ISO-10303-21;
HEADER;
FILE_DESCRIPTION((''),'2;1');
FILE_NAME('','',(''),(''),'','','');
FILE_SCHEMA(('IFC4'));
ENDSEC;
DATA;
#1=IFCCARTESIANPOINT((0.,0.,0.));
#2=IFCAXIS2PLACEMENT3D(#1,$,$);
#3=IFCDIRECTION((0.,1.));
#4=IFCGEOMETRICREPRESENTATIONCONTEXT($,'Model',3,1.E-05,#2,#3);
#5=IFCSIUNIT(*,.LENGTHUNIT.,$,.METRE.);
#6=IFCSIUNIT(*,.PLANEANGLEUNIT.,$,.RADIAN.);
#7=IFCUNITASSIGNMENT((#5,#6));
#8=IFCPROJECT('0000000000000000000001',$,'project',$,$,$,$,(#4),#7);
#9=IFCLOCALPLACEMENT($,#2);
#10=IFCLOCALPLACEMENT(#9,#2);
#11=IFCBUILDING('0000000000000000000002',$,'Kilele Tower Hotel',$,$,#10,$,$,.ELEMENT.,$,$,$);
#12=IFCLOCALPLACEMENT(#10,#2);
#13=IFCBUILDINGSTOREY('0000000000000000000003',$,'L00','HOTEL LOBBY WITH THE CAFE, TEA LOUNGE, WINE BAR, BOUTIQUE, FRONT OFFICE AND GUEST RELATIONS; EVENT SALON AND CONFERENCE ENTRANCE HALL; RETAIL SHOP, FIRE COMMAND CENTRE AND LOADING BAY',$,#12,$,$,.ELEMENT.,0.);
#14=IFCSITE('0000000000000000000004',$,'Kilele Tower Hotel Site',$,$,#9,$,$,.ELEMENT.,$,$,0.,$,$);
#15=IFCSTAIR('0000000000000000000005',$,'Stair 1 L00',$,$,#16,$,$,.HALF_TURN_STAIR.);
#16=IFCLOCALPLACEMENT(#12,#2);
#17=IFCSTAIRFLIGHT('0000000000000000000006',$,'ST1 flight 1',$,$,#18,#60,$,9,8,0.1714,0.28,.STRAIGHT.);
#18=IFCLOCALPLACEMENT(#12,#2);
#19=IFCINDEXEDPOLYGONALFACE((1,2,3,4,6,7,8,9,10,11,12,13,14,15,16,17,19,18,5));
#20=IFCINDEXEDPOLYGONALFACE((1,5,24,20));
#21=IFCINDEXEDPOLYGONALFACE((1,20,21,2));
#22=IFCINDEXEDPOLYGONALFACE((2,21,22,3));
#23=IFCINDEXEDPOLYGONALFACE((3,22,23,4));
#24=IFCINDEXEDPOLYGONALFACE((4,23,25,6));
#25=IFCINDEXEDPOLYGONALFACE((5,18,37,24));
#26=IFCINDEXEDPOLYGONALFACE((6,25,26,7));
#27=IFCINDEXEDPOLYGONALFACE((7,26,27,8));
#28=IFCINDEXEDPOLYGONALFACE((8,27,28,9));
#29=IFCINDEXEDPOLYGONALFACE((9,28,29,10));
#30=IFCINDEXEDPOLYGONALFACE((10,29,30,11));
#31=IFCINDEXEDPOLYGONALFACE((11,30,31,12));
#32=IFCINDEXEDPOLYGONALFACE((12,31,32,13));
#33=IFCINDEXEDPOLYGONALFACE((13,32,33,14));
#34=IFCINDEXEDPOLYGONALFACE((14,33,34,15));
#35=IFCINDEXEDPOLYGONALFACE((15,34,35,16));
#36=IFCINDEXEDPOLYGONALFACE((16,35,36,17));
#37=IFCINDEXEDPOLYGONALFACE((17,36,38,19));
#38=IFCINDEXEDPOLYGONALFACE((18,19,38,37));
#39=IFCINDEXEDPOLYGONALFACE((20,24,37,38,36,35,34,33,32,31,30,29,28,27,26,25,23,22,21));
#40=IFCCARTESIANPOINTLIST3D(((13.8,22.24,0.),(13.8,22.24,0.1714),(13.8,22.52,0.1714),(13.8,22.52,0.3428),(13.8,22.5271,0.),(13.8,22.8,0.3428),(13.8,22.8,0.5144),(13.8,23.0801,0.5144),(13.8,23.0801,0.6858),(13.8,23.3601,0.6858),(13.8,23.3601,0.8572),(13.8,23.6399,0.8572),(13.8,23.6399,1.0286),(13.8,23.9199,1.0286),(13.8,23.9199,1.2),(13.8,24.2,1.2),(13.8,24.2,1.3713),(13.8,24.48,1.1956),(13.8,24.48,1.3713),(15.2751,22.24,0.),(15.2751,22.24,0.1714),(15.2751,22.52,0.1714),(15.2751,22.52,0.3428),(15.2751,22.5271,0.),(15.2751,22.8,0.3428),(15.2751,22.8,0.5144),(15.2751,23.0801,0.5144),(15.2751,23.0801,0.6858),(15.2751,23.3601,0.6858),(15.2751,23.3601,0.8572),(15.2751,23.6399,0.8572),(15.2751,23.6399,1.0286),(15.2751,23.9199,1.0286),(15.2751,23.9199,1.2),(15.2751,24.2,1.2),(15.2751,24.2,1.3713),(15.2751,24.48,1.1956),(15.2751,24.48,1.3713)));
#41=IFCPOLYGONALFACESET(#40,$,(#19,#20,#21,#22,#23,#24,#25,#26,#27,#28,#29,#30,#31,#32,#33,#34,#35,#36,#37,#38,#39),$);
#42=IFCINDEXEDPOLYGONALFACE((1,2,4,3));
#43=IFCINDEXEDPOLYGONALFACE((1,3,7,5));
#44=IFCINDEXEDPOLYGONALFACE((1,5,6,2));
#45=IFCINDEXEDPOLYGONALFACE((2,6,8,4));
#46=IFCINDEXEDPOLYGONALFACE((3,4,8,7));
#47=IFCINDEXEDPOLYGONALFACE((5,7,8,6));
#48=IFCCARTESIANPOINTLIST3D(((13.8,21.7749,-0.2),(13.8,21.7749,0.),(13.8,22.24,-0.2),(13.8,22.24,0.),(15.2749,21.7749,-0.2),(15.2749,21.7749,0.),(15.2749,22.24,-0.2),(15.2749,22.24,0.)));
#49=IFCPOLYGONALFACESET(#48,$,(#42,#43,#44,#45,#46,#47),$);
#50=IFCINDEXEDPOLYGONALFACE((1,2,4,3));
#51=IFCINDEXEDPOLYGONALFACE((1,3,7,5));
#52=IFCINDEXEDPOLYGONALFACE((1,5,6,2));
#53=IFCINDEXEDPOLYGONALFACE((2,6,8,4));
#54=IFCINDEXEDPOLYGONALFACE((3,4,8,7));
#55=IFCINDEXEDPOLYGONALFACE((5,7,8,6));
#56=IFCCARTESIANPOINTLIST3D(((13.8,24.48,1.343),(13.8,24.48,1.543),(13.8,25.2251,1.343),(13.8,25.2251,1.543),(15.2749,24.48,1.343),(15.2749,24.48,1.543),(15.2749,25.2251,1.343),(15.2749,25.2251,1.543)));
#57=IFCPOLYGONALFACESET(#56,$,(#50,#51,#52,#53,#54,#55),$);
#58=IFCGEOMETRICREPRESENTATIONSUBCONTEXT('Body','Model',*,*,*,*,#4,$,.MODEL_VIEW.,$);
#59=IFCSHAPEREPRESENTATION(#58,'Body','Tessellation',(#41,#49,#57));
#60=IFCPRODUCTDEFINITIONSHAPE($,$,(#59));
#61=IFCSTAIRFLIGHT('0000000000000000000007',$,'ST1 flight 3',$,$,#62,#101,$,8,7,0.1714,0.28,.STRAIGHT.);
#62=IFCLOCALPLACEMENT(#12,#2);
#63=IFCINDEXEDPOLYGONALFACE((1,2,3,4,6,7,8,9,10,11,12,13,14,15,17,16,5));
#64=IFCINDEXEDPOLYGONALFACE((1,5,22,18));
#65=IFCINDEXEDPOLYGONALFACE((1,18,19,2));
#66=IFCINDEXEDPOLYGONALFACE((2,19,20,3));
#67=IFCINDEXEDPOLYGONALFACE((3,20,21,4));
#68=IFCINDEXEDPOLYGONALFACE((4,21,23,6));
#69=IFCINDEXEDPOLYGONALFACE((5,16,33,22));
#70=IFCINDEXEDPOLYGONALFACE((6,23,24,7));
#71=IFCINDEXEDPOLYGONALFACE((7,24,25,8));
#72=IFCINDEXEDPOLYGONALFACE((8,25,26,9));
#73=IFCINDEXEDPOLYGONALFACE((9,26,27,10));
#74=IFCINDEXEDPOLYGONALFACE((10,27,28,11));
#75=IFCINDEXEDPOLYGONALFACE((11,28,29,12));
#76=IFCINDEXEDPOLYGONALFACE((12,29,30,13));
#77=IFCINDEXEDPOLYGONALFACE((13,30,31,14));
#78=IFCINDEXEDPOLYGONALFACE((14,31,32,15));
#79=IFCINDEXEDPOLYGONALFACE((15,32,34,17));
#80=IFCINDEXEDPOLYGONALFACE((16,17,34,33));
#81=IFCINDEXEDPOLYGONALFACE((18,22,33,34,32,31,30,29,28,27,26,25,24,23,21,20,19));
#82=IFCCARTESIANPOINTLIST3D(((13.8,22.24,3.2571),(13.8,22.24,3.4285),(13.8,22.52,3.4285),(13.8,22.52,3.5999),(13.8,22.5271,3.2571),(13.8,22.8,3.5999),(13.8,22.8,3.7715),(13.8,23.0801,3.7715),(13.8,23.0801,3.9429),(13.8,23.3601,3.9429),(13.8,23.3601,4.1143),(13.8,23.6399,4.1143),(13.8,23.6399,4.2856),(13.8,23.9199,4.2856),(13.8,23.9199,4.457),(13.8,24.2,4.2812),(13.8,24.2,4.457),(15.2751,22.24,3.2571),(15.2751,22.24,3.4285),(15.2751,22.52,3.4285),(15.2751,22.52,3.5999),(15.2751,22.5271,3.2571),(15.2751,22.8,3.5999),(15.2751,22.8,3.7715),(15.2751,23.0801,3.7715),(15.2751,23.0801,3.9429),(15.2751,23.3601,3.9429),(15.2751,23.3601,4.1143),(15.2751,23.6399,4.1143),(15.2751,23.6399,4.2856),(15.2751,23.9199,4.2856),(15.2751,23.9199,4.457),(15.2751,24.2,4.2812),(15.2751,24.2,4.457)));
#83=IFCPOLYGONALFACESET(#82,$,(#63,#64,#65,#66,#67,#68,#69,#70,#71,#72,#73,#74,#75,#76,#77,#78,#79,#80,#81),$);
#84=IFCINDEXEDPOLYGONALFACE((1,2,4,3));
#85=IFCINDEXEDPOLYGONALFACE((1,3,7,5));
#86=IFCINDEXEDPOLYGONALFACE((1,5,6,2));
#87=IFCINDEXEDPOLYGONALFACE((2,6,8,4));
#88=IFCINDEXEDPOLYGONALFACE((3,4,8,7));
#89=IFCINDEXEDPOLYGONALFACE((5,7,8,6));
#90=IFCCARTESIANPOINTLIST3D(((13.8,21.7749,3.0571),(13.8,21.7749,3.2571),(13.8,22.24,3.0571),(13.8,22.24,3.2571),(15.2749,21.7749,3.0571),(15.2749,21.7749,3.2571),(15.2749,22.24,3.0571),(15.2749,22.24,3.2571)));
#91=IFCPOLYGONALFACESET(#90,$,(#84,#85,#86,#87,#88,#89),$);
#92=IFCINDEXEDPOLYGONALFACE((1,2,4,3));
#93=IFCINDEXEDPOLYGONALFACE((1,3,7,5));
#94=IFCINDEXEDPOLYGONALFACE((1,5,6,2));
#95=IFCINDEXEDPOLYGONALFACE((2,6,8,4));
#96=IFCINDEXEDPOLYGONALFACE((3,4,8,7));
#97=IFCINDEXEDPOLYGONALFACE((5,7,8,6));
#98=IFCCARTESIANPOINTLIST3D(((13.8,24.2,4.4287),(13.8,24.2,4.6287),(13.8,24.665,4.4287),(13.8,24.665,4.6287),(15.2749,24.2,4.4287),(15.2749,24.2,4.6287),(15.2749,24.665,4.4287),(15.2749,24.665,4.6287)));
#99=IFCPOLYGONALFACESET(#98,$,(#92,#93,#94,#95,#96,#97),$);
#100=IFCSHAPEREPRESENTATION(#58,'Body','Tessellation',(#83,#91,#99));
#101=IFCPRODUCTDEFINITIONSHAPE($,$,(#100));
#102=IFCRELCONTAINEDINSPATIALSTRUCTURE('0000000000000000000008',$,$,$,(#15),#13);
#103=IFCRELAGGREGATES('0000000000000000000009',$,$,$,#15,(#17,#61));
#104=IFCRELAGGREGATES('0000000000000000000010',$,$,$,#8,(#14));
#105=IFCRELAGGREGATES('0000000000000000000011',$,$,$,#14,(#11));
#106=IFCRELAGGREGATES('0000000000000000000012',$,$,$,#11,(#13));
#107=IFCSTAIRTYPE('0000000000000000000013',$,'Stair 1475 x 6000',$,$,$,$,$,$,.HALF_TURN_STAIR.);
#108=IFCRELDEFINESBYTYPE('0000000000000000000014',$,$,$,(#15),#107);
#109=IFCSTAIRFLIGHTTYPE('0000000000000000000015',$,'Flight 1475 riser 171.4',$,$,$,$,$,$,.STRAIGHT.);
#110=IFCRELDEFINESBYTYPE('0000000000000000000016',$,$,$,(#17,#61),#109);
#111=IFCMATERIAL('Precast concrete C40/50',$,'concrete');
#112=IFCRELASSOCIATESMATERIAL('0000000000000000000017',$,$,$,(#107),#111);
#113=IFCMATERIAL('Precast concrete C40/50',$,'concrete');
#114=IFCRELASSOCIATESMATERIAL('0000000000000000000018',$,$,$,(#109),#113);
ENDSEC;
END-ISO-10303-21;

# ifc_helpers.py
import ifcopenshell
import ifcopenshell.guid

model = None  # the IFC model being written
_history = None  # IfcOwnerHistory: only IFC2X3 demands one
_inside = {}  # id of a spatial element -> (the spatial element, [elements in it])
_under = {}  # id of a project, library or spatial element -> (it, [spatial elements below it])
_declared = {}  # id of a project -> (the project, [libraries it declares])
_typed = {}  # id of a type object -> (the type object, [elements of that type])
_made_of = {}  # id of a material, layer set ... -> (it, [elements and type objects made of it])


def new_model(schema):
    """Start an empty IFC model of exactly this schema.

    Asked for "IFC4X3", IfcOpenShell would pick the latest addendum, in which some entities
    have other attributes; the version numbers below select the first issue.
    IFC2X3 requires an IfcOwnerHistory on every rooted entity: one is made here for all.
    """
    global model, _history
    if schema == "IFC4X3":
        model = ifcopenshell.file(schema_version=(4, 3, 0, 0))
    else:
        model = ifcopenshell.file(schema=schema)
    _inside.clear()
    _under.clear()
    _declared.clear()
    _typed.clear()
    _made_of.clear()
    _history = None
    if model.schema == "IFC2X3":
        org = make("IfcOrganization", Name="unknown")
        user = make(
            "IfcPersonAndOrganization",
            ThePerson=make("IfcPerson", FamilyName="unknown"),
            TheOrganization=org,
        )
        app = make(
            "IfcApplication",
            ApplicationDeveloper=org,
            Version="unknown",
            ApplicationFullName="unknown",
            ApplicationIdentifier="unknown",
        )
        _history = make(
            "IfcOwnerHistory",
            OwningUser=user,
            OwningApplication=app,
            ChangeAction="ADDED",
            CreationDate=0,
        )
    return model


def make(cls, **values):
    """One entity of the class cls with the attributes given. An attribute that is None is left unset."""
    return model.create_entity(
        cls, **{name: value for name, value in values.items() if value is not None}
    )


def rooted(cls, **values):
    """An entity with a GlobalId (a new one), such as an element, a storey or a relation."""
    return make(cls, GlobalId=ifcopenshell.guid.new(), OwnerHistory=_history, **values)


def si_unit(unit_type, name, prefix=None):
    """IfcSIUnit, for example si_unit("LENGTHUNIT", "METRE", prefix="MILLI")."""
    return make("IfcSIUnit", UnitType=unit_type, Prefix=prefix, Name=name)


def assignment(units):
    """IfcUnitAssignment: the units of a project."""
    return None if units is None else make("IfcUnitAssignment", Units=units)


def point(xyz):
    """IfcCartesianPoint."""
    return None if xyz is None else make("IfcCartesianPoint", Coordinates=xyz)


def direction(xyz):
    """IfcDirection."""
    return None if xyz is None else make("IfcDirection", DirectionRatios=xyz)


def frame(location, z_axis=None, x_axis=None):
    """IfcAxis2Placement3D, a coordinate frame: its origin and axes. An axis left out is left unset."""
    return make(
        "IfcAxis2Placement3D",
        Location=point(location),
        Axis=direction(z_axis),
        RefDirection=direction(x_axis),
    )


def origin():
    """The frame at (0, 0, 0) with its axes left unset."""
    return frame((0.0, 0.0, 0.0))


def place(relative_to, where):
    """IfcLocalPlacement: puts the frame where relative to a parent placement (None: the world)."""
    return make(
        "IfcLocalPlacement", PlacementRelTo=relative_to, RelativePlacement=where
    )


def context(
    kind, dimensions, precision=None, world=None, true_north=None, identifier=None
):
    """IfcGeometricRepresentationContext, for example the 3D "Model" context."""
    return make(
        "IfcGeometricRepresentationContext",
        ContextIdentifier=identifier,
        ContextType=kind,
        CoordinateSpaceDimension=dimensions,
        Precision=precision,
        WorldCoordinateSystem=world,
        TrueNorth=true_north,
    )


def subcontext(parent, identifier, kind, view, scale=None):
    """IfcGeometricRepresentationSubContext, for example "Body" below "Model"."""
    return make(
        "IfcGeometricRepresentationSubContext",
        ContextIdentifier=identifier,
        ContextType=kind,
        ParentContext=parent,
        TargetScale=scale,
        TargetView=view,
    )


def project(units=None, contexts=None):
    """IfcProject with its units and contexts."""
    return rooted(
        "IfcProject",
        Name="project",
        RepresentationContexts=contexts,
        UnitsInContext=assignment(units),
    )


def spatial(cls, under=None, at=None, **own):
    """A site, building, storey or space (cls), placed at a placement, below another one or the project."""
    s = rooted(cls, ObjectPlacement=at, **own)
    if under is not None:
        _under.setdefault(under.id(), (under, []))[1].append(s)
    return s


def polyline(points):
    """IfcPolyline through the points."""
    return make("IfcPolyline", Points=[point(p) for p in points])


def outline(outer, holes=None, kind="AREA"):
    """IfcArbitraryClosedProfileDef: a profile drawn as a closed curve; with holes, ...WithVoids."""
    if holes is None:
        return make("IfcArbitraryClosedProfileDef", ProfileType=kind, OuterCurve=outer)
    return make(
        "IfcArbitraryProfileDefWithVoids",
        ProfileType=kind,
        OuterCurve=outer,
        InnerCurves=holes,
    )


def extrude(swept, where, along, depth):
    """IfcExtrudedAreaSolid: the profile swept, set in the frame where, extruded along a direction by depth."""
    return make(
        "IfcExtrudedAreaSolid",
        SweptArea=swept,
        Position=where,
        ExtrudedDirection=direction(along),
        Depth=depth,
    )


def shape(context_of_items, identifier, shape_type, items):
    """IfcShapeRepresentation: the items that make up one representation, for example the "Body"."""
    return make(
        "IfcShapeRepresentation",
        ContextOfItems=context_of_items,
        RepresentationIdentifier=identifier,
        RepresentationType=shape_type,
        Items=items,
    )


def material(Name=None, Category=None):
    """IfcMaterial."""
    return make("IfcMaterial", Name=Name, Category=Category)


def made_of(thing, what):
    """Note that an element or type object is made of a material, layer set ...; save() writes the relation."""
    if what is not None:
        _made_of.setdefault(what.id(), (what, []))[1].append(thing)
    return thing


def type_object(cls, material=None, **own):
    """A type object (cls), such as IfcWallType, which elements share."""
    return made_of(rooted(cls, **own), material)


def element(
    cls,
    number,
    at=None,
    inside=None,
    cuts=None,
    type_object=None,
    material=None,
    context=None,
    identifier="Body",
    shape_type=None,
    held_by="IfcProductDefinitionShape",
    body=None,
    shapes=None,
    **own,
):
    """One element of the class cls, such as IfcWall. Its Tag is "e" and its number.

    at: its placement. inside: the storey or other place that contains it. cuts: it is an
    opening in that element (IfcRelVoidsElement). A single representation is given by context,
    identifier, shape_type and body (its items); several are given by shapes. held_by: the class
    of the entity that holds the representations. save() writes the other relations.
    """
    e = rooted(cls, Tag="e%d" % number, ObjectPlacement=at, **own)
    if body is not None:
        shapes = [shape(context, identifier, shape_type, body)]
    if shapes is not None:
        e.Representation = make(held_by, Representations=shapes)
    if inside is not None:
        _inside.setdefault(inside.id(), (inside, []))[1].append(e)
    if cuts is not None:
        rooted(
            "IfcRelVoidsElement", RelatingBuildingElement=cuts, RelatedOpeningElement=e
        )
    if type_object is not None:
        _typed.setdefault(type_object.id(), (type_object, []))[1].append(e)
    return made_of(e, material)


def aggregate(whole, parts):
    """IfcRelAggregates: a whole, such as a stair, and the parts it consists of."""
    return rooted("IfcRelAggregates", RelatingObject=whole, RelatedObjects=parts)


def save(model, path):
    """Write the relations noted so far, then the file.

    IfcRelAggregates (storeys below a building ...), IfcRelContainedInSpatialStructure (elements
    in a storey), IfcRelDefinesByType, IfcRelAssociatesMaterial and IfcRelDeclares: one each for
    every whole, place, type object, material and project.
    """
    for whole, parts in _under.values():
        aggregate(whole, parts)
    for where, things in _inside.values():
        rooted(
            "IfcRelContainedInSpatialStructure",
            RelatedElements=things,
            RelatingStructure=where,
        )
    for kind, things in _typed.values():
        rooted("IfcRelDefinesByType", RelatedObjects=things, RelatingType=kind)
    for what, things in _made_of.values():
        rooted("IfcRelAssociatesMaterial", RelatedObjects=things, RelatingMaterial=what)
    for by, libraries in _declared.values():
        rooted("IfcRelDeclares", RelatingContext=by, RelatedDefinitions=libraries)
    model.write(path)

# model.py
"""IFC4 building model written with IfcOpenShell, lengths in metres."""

from ifc_helpers import new_model, si_unit, direction, frame, origin, place, context, subcontext, project, spatial, polyline, outline, extrude, material, type_object, element, aggregate, save


model = new_model("IFC4")

# Units and contexts
model_context = context("Model", 3, precision=1e-05, world=origin(), true_north=direction((0.0, 1.0)))
body_context = subcontext(model_context, "Body", "Model", "MODEL_VIEW")
ifc_project = project(units=[si_unit("LENGTHUNIT", "METRE"), si_unit("PLANEANGLEUNIT", "RADIAN")], contexts=[model_context])

# Site, building, storey
site_placement = place(None, origin())
site = spatial("IfcSite", under=ifc_project, at=site_placement, Name="Kilele Tower Hotel Site", CompositionType="ELEMENT", RefElevation=0.0)
building_placement = place(site_placement, origin())
building = spatial("IfcBuilding", under=site, at=building_placement, Name="Kilele Tower Hotel", CompositionType="ELEMENT")
storey_placement = place(building_placement, origin())
storey = spatial("IfcBuildingStorey", under=building, at=storey_placement, Name="L00", Description="HOTEL LOBBY WITH THE CAFE, TEA LOUNGE, WINE BAR, BOUTIQUE, FRONT OFFICE AND GUEST RELATIONS; EVENT SALON AND CONFERENCE ENTRANCE HALL; RETAIL SHOP, FIRE COMMAND CENTRE AND LOADING BAY", CompositionType="ELEMENT", Elevation=0.0)

# Stair, stair flights
ifc_material_1 = material(Name="Precast concrete C40/50", Category="concrete")
stair_type = type_object("IfcStairType", Name="Stair 1475 x 6000", PredefinedType="HALF_TURN_STAIR", material=ifc_material_1)
stair_placement = place(storey_placement, origin())
stair = element("IfcStair", 1, at=stair_placement, inside=storey, type_object=stair_type, Name="Stair 1 L00", PredefinedType="HALF_TURN_STAIR")
ifc_material_2 = material(Name="Precast concrete C40/50", Category="concrete")
stair_flight_type = type_object("IfcStairFlightType", Name="Flight 1475 riser 171.4", PredefinedType="STRAIGHT", material=ifc_material_2)
stair_flight_1_placement = place(storey_placement, frame((14.5376, 22.24, 0.0), z_axis=(0.0, 0.0, 1.0), x_axis=(0.0, 1.0, 0.0)))
stair_flight_1 = element("IfcStairFlight", 2, at=stair_flight_1_placement, type_object=stair_flight_type, Name="ST1 flight 1", NumberOfRisers=9, NumberOfTreads=8, PredefinedType="STRAIGHT", RiserHeight=0.1714, TreadLength=0.28, context=body_context, shape_type="SweptSolid", body=[
    extrude(outline(polyline([(0.0, 0.0), (0.0, 0.1714), (0.28, 0.1714), (0.28, 0.3428), (0.5601, 0.3428), (0.5601, 0.5144), (0.8401, 0.5144), (0.8401, 0.6858), (1.1201, 0.6858), (1.1201, 0.8572), (1.3999, 0.8572), (1.3999, 1.0286), (1.6799, 1.0286), (1.6799, 1.2), (1.96, 1.2), (1.96, 1.3713), (2.24, 1.3713), (2.24, 1.543), (2.24, 1.1956), (0.2871, 0.0), (0.0, 0.0)])), frame((0.0, 0.7375, 0.0), z_axis=(0.0, -1.0, 0.0), x_axis=(1.0, 0.0, 0.0)), (0.0, 0.0, 1.0), 1.4751),
    extrude(outline(polyline([(-0.4651, 0.7375), (-0.4651, -0.7373), (0.0, -0.7373), (0.0, 0.7375), (-0.4651, 0.7375)])), frame((0.0, 0.0, -0.2)), (0.0, 0.0, 1.0), 0.2),
    extrude(outline(polyline([(2.24, 0.7375), (2.24, -0.7373), (2.9851, -0.7373), (2.9851, 0.7375), (2.24, 0.7375)])), frame((0.0, 0.0, 1.343)), (0.0, 0.0, 1.0), 0.2),
])
stair_flight_2_placement = place(storey_placement, frame((14.5376, 22.24, 3.2571), z_axis=(0.0, 0.0, 1.0), x_axis=(0.0, 1.0, 0.0)))
stair_flight_2 = element("IfcStairFlight", 3, at=stair_flight_2_placement, type_object=stair_flight_type, Name="ST1 flight 3", NumberOfRisers=8, NumberOfTreads=7, PredefinedType="STRAIGHT", RiserHeight=0.1714, TreadLength=0.28, context=body_context, shape_type="SweptSolid", body=[
    extrude(outline(polyline([(0.0, 0.0), (0.0, 0.1714), (0.28, 0.1714), (0.28, 0.3428), (0.5601, 0.3428), (0.5601, 0.5144), (0.8401, 0.5144), (0.8401, 0.6858), (1.1201, 0.6858), (1.1201, 0.8572), (1.3999, 0.8572), (1.3999, 1.0286), (1.6799, 1.0286), (1.6799, 1.2), (1.96, 1.2), (1.96, 1.3713), (1.96, 1.0242), (0.2871, 0.0), (0.0, 0.0)])), frame((0.0, 0.7375, 0.0), z_axis=(0.0, -1.0, 0.0), x_axis=(1.0, 0.0, 0.0)), (0.0, 0.0, 1.0), 1.4751),
    extrude(outline(polyline([(-0.4651, 0.7375), (-0.4651, -0.7373), (0.0, -0.7373), (0.0, 0.7375), (-0.4651, 0.7375)])), frame((0.0, 0.0, -0.2)), (0.0, 0.0, 1.0), 0.2),
    extrude(outline(polyline([(1.96, 0.7375), (1.96, -0.7373), (2.425, -0.7373), (2.425, 0.7375), (1.96, 0.7375)])), frame((0.0, 0.0, 1.1716)), (0.0, 0.0, 1.0), 0.2),
])
aggregate(stair, [stair_flight_1, stair_flight_2])

save(model, "model.ifc")
